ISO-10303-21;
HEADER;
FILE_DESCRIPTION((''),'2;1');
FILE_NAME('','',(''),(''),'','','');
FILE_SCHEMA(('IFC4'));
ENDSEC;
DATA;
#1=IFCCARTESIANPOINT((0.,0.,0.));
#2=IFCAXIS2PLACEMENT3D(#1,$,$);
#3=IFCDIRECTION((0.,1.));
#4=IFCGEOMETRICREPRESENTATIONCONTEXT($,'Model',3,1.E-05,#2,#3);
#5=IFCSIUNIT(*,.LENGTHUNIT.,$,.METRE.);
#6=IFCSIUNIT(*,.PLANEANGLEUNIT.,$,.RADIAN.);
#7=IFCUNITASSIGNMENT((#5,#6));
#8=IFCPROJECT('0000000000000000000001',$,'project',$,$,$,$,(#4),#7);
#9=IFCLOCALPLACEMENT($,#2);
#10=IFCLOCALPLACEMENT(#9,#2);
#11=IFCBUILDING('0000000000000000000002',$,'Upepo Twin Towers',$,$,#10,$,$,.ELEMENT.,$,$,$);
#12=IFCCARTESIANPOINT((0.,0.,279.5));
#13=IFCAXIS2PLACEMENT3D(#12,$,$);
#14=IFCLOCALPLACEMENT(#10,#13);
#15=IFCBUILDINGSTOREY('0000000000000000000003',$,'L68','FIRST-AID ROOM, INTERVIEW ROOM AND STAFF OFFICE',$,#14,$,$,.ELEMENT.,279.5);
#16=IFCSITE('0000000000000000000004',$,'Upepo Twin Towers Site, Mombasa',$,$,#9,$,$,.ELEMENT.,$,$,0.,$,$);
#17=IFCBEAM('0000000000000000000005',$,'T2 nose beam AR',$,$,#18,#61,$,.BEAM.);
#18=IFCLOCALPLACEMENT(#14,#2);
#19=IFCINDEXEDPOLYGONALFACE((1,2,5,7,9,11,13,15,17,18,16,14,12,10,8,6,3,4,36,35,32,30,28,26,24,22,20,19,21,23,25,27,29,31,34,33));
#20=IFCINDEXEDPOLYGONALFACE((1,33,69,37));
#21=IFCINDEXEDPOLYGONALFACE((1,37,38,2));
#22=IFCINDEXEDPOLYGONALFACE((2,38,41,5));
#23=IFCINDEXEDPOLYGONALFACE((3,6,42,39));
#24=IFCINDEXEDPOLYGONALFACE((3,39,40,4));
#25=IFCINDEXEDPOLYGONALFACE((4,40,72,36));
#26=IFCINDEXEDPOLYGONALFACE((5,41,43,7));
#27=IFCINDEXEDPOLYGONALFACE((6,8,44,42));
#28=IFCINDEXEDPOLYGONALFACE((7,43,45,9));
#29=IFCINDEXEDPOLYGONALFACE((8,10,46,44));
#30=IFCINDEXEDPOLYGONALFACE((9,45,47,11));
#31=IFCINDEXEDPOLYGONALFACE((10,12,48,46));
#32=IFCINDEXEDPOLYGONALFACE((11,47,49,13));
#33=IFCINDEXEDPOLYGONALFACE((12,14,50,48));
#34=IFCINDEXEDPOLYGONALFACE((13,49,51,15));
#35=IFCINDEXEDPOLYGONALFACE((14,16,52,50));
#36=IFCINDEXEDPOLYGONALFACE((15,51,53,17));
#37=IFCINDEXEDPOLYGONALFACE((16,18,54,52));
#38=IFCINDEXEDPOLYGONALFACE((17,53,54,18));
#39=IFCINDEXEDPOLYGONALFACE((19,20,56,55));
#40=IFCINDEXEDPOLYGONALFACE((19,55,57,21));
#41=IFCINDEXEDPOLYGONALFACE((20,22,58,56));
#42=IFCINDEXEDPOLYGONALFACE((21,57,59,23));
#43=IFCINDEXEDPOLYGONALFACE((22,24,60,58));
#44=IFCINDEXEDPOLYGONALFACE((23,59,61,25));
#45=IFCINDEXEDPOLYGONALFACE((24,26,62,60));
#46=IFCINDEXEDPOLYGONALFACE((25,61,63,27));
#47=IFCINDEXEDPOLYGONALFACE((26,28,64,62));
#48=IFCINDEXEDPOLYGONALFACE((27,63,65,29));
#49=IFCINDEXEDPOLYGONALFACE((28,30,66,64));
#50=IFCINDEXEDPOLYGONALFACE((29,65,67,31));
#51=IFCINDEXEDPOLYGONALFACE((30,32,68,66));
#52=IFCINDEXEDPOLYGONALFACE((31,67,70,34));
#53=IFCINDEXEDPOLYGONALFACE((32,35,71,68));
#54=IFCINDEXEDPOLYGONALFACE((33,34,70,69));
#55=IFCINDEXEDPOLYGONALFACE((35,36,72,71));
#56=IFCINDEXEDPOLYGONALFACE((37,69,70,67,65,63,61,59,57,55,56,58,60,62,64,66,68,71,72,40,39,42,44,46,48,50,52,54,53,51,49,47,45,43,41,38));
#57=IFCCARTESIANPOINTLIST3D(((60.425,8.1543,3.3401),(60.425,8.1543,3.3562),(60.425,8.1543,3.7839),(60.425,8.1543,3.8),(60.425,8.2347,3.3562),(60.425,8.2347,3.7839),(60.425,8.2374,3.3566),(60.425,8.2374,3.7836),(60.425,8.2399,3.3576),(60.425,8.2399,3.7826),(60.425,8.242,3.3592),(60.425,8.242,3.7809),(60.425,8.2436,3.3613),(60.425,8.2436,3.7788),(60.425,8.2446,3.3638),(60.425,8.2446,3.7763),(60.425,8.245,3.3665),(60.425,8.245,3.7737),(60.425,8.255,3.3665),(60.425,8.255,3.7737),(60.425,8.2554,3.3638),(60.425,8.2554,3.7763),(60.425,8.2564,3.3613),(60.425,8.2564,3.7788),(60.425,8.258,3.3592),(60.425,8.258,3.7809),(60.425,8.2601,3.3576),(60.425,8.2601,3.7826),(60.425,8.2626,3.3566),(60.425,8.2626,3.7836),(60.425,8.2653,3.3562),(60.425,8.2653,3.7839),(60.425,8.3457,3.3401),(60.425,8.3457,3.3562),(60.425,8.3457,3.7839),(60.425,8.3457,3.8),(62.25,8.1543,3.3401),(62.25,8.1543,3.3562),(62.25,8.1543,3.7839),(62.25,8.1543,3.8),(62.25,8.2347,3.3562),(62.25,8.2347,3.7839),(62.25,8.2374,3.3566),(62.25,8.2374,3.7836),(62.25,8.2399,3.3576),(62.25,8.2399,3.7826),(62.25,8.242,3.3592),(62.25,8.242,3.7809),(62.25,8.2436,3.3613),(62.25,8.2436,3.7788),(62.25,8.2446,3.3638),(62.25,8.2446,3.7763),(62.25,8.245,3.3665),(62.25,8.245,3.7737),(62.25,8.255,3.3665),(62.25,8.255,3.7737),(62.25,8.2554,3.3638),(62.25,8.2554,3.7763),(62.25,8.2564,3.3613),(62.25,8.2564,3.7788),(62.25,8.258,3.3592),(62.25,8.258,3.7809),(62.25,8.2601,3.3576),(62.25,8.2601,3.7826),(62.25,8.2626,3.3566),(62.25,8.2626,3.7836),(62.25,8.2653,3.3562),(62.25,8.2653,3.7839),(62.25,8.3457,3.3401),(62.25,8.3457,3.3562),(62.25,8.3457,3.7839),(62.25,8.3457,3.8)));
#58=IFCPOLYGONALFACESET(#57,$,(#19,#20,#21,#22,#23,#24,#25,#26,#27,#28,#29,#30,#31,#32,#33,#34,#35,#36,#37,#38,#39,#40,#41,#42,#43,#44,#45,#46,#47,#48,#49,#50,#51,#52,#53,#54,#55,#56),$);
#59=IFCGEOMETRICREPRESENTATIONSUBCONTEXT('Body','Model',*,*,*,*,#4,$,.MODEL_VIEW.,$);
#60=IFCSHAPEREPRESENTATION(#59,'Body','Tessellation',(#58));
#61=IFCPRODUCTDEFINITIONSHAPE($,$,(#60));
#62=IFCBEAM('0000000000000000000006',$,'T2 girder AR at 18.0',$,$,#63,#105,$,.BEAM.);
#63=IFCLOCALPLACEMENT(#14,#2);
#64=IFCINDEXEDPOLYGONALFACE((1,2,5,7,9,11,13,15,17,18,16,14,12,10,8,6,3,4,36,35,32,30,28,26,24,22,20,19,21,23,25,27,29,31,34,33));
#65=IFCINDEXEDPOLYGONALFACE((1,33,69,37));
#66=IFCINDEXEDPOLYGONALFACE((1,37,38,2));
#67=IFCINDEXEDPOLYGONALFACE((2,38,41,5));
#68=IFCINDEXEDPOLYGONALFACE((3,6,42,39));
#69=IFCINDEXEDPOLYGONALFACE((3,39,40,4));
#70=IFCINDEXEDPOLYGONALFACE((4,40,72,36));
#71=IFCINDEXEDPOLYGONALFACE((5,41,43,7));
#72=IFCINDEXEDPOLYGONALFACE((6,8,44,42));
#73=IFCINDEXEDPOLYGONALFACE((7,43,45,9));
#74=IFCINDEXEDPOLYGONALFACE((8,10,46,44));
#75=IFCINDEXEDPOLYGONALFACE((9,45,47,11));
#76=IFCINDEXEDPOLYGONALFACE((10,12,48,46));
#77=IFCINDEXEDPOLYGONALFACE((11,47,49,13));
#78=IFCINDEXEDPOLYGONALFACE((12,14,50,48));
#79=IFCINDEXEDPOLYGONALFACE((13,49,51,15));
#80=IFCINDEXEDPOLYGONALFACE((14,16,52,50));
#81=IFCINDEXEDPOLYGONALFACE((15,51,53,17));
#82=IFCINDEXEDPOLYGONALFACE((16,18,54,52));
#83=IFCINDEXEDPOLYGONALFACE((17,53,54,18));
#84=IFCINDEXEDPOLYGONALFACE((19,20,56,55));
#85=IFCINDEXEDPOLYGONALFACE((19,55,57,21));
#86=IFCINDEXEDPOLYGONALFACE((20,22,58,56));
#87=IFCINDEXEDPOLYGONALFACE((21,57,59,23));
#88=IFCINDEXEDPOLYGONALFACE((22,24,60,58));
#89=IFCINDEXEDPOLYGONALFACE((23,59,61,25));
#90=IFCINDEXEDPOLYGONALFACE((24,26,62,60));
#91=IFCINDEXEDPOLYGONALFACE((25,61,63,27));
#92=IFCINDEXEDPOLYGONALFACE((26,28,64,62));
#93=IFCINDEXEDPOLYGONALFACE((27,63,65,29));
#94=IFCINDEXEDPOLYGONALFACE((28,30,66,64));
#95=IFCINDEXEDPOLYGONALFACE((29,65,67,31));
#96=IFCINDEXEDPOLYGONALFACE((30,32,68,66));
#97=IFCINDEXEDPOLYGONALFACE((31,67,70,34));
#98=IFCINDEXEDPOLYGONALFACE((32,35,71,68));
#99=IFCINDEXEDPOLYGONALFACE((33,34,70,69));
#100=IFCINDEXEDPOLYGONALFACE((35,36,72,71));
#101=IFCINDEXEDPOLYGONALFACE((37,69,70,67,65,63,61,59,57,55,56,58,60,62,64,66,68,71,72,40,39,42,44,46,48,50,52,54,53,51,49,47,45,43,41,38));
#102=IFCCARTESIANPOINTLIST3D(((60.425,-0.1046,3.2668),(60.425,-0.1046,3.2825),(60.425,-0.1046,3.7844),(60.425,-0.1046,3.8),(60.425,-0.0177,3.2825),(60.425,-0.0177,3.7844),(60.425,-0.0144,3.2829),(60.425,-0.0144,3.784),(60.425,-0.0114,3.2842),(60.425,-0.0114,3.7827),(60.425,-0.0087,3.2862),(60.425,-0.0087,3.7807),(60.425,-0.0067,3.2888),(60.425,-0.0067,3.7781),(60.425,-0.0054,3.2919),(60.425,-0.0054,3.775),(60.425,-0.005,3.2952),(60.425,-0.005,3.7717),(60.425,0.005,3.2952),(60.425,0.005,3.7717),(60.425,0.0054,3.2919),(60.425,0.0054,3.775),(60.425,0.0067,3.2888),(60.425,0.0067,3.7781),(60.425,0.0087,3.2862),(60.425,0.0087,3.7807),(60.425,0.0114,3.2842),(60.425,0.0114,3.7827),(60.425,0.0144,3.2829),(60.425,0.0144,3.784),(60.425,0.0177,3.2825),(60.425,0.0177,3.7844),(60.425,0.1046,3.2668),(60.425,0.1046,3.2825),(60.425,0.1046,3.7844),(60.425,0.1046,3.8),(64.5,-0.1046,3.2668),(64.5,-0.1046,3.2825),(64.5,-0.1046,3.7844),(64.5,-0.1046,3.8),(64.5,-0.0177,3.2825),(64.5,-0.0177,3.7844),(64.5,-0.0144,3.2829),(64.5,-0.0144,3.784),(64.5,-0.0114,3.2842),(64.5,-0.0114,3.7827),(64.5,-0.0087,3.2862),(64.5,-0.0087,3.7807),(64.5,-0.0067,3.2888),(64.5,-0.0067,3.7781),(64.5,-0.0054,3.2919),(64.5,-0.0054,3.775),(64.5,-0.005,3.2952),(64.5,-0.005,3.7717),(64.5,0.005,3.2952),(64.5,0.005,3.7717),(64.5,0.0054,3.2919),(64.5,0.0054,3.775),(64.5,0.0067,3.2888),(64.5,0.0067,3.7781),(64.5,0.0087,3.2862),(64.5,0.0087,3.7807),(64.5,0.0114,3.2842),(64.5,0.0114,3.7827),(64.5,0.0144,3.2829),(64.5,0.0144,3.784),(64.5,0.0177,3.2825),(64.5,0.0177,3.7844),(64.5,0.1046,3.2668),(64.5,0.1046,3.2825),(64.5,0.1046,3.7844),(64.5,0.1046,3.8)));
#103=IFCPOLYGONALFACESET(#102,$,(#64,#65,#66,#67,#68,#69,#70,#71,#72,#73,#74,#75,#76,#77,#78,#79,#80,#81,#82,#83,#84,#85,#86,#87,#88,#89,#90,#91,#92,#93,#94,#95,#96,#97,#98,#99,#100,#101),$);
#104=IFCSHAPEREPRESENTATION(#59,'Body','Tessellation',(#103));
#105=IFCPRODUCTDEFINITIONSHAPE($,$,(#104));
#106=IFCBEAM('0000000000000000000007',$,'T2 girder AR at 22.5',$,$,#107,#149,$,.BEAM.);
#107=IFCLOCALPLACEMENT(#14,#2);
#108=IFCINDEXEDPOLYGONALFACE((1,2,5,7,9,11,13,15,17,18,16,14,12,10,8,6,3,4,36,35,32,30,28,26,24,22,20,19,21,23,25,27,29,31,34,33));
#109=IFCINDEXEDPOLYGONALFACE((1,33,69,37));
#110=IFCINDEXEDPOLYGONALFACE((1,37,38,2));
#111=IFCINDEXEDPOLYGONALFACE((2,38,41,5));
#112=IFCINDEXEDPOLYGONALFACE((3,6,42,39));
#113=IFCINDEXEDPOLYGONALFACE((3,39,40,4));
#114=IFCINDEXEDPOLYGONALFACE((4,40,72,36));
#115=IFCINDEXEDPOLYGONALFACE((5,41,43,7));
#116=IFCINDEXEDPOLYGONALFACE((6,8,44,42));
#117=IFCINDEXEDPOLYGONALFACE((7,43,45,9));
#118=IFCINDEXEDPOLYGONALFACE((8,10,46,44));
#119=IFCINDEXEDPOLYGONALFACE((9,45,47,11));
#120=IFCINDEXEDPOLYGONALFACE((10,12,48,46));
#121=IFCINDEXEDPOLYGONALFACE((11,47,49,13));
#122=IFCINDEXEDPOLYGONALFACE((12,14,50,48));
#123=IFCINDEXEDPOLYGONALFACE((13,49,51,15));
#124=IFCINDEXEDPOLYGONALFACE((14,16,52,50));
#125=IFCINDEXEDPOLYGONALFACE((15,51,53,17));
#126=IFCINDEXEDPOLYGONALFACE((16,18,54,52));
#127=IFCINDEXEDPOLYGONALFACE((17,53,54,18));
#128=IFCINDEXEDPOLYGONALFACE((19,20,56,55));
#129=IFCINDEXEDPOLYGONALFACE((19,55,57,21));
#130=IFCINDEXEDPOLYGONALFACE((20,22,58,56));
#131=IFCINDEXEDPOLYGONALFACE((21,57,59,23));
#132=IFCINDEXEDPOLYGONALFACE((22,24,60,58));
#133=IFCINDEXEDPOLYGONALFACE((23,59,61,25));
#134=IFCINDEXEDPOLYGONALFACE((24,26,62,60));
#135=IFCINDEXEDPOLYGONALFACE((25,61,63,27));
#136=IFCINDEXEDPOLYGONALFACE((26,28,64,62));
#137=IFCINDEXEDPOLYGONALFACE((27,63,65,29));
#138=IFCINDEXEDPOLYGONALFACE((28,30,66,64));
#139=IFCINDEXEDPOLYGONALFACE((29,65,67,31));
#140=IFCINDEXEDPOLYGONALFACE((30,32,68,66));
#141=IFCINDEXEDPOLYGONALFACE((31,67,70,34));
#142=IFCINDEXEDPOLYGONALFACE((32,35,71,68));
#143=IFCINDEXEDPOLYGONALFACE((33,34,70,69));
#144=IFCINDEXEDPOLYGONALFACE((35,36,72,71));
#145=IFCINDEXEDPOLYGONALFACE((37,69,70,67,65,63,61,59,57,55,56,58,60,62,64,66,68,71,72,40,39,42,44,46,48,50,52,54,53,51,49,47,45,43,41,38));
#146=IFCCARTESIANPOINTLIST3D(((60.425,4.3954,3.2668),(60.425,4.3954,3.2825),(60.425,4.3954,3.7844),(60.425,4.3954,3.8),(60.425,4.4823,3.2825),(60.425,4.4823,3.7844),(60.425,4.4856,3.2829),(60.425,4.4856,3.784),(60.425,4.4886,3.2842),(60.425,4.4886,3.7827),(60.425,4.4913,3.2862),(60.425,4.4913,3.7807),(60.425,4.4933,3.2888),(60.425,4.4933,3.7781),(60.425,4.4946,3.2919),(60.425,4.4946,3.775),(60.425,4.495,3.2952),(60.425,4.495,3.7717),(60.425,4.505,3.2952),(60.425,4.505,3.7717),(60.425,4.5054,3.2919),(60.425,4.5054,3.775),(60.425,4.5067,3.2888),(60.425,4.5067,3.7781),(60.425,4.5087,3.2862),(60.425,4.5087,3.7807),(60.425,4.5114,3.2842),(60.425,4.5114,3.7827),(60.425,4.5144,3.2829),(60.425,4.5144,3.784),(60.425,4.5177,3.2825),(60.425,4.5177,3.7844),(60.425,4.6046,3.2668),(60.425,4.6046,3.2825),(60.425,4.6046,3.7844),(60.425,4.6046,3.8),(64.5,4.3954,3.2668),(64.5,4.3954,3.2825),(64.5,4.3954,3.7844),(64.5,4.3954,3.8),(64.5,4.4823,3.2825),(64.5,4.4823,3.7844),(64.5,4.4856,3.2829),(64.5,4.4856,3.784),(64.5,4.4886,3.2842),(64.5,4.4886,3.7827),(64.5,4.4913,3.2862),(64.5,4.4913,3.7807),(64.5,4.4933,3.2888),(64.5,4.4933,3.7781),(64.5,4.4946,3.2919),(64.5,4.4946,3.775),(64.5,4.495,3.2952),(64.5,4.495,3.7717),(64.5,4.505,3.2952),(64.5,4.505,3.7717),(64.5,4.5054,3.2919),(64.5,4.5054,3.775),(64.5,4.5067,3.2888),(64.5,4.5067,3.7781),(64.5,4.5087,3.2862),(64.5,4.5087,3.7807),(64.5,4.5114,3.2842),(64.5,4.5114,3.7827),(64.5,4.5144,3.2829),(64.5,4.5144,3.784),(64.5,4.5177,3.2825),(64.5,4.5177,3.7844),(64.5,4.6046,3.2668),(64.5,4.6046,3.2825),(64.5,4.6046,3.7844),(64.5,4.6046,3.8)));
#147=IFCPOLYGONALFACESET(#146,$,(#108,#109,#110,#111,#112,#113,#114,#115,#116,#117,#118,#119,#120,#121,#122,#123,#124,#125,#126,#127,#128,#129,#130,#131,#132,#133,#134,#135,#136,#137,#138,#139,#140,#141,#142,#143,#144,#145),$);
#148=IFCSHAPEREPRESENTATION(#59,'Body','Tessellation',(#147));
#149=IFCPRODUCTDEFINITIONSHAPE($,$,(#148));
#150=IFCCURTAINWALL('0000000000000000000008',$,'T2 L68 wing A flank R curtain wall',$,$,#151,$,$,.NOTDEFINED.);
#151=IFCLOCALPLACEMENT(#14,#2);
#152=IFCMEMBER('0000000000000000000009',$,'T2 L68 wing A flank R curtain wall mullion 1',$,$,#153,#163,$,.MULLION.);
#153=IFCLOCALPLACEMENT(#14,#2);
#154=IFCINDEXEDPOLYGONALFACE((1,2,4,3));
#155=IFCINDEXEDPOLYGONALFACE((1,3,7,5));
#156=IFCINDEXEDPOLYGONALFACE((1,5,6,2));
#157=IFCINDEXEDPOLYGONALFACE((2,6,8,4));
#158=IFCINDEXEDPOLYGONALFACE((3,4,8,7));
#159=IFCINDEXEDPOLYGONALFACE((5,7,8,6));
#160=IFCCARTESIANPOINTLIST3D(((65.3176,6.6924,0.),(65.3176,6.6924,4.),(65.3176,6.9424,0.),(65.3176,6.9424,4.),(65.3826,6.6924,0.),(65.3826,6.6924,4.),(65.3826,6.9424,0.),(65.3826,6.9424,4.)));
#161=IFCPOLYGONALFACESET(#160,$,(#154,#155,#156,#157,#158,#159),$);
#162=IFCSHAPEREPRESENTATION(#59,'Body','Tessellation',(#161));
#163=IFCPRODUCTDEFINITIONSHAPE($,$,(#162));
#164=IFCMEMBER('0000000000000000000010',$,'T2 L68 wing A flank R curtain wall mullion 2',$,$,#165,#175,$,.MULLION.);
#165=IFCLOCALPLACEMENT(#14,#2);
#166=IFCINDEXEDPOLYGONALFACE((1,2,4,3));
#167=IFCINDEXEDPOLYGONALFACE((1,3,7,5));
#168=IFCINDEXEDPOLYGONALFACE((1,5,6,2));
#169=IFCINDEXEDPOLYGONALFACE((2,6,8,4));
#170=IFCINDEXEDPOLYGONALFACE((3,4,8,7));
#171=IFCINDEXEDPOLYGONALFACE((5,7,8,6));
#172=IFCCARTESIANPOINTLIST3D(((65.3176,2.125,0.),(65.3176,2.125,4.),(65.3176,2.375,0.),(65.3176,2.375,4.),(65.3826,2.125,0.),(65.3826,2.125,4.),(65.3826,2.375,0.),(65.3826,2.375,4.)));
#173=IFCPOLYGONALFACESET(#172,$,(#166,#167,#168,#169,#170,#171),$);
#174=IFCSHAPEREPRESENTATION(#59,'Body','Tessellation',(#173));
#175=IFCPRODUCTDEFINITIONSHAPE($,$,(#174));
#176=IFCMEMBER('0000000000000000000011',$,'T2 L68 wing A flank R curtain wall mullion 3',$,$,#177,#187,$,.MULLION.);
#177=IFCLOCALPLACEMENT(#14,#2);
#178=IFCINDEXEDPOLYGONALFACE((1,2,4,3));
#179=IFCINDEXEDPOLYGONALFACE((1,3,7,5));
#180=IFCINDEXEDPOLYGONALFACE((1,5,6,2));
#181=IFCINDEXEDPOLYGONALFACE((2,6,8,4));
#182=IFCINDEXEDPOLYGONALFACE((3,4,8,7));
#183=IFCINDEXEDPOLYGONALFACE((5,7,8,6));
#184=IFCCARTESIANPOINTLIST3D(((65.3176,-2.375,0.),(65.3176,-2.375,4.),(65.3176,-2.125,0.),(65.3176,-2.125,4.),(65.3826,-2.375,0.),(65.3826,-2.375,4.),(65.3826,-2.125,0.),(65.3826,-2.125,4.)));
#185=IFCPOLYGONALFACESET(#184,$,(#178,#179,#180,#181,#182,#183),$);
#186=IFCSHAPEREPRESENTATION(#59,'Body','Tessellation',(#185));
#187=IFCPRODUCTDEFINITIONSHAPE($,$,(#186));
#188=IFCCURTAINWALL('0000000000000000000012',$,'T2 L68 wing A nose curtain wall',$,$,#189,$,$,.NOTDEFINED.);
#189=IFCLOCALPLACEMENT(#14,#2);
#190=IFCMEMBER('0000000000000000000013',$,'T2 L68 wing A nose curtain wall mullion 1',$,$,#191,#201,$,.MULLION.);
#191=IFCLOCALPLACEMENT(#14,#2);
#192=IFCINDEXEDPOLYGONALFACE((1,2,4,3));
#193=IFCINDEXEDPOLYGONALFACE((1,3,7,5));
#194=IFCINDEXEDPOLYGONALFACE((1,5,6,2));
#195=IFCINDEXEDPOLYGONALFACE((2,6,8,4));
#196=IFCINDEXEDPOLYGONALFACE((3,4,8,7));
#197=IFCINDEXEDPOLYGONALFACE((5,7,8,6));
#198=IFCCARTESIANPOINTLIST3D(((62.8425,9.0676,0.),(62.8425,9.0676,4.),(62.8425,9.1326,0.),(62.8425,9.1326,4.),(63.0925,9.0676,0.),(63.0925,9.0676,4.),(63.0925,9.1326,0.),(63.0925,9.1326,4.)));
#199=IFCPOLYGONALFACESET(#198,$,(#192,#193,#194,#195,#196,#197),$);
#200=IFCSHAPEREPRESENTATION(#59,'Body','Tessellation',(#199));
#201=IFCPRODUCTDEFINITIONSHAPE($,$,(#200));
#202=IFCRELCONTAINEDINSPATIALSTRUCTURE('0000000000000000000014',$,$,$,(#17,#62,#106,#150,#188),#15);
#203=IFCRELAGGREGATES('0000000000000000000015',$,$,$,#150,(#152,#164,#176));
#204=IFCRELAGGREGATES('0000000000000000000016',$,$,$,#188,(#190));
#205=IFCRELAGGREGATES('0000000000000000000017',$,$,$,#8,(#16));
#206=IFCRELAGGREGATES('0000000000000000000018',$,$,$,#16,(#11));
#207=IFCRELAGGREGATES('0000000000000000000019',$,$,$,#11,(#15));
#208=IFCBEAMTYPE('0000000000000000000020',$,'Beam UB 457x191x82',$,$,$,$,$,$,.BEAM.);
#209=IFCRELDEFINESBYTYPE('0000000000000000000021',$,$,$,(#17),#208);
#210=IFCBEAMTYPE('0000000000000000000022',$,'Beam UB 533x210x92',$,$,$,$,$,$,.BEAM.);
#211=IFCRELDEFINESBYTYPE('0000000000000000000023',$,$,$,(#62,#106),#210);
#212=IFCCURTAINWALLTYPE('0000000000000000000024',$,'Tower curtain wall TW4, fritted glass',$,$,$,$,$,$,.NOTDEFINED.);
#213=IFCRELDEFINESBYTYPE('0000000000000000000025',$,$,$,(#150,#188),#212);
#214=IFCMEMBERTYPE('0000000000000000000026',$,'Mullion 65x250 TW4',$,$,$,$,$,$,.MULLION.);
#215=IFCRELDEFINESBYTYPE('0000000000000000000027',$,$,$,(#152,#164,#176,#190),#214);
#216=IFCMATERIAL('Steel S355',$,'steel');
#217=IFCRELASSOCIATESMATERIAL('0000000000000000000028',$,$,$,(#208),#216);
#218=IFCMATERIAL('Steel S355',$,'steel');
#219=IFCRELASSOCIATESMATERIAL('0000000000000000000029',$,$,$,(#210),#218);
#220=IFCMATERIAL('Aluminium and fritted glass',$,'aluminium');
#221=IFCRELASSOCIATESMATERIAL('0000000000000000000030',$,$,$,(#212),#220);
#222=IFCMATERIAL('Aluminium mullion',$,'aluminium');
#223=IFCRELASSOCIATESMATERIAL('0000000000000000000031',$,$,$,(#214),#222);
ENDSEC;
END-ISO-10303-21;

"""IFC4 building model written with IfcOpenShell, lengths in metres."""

from ifc_helpers import new_model, si_unit, direction, frame, origin, origin_2d, place, context, subcontext, project, spatial, rectangle, i_section, extrude, material, material_profile, profile_set, type_object, element, aggregate, save


model = new_model("IFC4")

# Units and contexts
model_context = context("Model", 3, precision=1e-05, world=origin(), true_north=direction((0.0, 1.0)))
body_context = subcontext(model_context, "Body", "Model", "MODEL_VIEW")
ifc_project = project(units=[si_unit("LENGTHUNIT", "METRE"), si_unit("PLANEANGLEUNIT", "RADIAN")], contexts=[model_context])

# Site, building, storey
site_placement = place(None, origin())
site = spatial("IfcSite", under=ifc_project, at=site_placement, Name="Upepo Twin Towers Site, Mombasa", CompositionType="ELEMENT", RefElevation=0.0)
building_placement = place(site_placement, origin())
building = spatial("IfcBuilding", under=site, at=building_placement, Name="Upepo Twin Towers", CompositionType="ELEMENT")
storey_placement = place(building_placement, frame((0.0, 0.0, 279.5)))
storey = spatial("IfcBuildingStorey", under=building, at=storey_placement, Name="L68", Description="FIRST-AID ROOM, INTERVIEW ROOM AND STAFF OFFICE", CompositionType="ELEMENT", Elevation=279.5)

# Beams
ifc_material_1 = material(Name="Steel S355", Category="steel")
ifc_material_profile_1 = material_profile(ifc_material_1, i_section(OverallWidth=0.1914, OverallDepth=0.46, WebThickness=0.01, FlangeThickness=0.0161, FilletRadius=0.0103, at=origin_2d()), Name="UB 457x191x82")
ifc_profile_set_1 = profile_set([ifc_material_profile_1], Name="Steel S355")
beam_type_1 = type_object("IfcBeamType", Name="Beam UB 457x191x82", PredefinedType="BEAM", material=ifc_profile_set_1)
beam_1_placement = place(storey_placement, frame((62.25, 8.25, 3.5701), z_axis=(-1.0, 0.0, 0.0), x_axis=(0.0, -1.0, 0.0)))
element("IfcBeam", 1, at=beam_1_placement, inside=storey, type_object=beam_type_1, Name="T2 nose beam AR", PredefinedType="BEAM", context=body_context, shape_type="SweptSolid", body=[
    extrude(i_section(OverallWidth=0.1914, OverallDepth=0.46, WebThickness=0.01, FlangeThickness=0.0161, FilletRadius=0.0103, at=origin_2d()), origin(), (0.0, 0.0, 1.0), 1.825),
])
ifc_material_2 = material(Name="Steel S355", Category="steel")
ifc_material_profile_2 = material_profile(ifc_material_2, i_section(OverallWidth=0.2092, OverallDepth=0.5332, WebThickness=0.01, FlangeThickness=0.0156, FilletRadius=0.0127, at=origin_2d()), Name="UB 533x210x92")
ifc_profile_set_2 = profile_set([ifc_material_profile_2], Name="Steel S355")
beam_type_2 = type_object("IfcBeamType", Name="Beam UB 533x210x92", PredefinedType="BEAM", material=ifc_profile_set_2)
for number, where, z_axis, x_axis, name in (
    (2, (64.5, 0.0, 3.5334), (-1.0, 0.0, 0.0), (0.0, -1.0, 0.0), "T2 girder AR at 18.0"),
    (3, (64.5, 4.5, 3.5334), (-1.0, 0.0, 0.0), (0.0, -1.0, 0.0), "T2 girder AR at 22.5"),
):
    element("IfcBeam", number, at=place(storey_placement, frame(where, z_axis=z_axis, x_axis=x_axis)), inside=storey, type_object=beam_type_2, Name=name, PredefinedType="BEAM", context=body_context, shape_type="SweptSolid", body=[
        extrude(i_section(OverallWidth=0.2092, OverallDepth=0.5332, WebThickness=0.01, FlangeThickness=0.0156, FilletRadius=0.0127, at=origin_2d()), origin(), (0.0, 0.0, 1.0), 4.075),
    ])

# Curtain walls, members
ifc_material_3 = material(Name="Aluminium and fritted glass", Category="aluminium")
curtain_wall_type = type_object("IfcCurtainWallType", Name="Tower curtain wall TW4, fritted glass", PredefinedType="NOTDEFINED", material=ifc_material_3)
curtain_wall_1_placement = place(storey_placement, origin())
curtain_wall_1 = element("IfcCurtainWall", 4, at=curtain_wall_1_placement, inside=storey, type_object=curtain_wall_type, Name="T2 L68 wing A flank R curtain wall", PredefinedType="NOTDEFINED")
ifc_material_4 = material(Name="Aluminium mullion", Category="aluminium")
ifc_material_profile_3 = material_profile(ifc_material_4, rectangle(XDim=0.0649, YDim=0.25, at=origin_2d()), Name="MULLION 65x250")
ifc_profile_set_3 = profile_set([ifc_material_profile_3], Name="Aluminium mullion")
member_type_1 = type_object("IfcMemberType", Name="Mullion 65x250 TW4", PredefinedType="MULLION", material=ifc_profile_set_3)
member_1_placement = place(storey_placement, frame((65.3501, 6.8174, 0.0), z_axis=(0.0, 0.0, 1.0), x_axis=(1.0, 0.0, 0.0)))
member_1 = element("IfcMember", 5, at=member_1_placement, type_object=member_type_1, Name="T2 L68 wing A flank R curtain wall mullion 1", PredefinedType="MULLION", context=body_context, shape_type="SweptSolid", body=[
    extrude(rectangle(XDim=0.0649, YDim=0.25, at=origin_2d()), origin(), (0.0, 0.0, 1.0), 4.0),
])
member_2_placement = place(storey_placement, frame((65.3501, 2.25, 0.0), z_axis=(0.0, 0.0, 1.0), x_axis=(1.0, 0.0, 0.0)))
member_2 = element("IfcMember", 6, at=member_2_placement, type_object=member_type_1, Name="T2 L68 wing A flank R curtain wall mullion 2", PredefinedType="MULLION", context=body_context, shape_type="SweptSolid", body=[
    extrude(rectangle(XDim=0.0649, YDim=0.25, at=origin_2d()), origin(), (0.0, 0.0, 1.0), 4.0),
])
member_3_placement = place(storey_placement, frame((65.3501, -2.25, 0.0), z_axis=(0.0, 0.0, 1.0), x_axis=(1.0, 0.0, 0.0)))
member_3 = element("IfcMember", 7, at=member_3_placement, type_object=member_type_1, Name="T2 L68 wing A flank R curtain wall mullion 3", PredefinedType="MULLION", context=body_context, shape_type="SweptSolid", body=[
    extrude(rectangle(XDim=0.0649, YDim=0.25, at=origin_2d()), origin(), (0.0, 0.0, 1.0), 4.0),
])
curtain_wall_2_placement = place(storey_placement, origin())
curtain_wall_2 = element("IfcCurtainWall", 8, at=curtain_wall_2_placement, inside=storey, type_object=curtain_wall_type, Name="T2 L68 wing A nose curtain wall", PredefinedType="NOTDEFINED")
member_4_placement = place(storey_placement, frame((62.9675, 9.1001, 0.0), z_axis=(0.0, 0.0, 1.0), x_axis=(0.0, -1.0, 0.0)))
member_4 = element("IfcMember", 9, at=member_4_placement, type_object=member_type_1, Name="T2 L68 wing A nose curtain wall mullion 1", PredefinedType="MULLION", context=body_context, shape_type="SweptSolid", body=[
    extrude(rectangle(XDim=0.0649, YDim=0.25, at=origin_2d()), origin(), (0.0, 0.0, 1.0), 4.0),
])

aggregate(curtain_wall_1, [member_1, member_2, member_3])
aggregate(curtain_wall_2, [member_4])

save(model, "model.ifc")
